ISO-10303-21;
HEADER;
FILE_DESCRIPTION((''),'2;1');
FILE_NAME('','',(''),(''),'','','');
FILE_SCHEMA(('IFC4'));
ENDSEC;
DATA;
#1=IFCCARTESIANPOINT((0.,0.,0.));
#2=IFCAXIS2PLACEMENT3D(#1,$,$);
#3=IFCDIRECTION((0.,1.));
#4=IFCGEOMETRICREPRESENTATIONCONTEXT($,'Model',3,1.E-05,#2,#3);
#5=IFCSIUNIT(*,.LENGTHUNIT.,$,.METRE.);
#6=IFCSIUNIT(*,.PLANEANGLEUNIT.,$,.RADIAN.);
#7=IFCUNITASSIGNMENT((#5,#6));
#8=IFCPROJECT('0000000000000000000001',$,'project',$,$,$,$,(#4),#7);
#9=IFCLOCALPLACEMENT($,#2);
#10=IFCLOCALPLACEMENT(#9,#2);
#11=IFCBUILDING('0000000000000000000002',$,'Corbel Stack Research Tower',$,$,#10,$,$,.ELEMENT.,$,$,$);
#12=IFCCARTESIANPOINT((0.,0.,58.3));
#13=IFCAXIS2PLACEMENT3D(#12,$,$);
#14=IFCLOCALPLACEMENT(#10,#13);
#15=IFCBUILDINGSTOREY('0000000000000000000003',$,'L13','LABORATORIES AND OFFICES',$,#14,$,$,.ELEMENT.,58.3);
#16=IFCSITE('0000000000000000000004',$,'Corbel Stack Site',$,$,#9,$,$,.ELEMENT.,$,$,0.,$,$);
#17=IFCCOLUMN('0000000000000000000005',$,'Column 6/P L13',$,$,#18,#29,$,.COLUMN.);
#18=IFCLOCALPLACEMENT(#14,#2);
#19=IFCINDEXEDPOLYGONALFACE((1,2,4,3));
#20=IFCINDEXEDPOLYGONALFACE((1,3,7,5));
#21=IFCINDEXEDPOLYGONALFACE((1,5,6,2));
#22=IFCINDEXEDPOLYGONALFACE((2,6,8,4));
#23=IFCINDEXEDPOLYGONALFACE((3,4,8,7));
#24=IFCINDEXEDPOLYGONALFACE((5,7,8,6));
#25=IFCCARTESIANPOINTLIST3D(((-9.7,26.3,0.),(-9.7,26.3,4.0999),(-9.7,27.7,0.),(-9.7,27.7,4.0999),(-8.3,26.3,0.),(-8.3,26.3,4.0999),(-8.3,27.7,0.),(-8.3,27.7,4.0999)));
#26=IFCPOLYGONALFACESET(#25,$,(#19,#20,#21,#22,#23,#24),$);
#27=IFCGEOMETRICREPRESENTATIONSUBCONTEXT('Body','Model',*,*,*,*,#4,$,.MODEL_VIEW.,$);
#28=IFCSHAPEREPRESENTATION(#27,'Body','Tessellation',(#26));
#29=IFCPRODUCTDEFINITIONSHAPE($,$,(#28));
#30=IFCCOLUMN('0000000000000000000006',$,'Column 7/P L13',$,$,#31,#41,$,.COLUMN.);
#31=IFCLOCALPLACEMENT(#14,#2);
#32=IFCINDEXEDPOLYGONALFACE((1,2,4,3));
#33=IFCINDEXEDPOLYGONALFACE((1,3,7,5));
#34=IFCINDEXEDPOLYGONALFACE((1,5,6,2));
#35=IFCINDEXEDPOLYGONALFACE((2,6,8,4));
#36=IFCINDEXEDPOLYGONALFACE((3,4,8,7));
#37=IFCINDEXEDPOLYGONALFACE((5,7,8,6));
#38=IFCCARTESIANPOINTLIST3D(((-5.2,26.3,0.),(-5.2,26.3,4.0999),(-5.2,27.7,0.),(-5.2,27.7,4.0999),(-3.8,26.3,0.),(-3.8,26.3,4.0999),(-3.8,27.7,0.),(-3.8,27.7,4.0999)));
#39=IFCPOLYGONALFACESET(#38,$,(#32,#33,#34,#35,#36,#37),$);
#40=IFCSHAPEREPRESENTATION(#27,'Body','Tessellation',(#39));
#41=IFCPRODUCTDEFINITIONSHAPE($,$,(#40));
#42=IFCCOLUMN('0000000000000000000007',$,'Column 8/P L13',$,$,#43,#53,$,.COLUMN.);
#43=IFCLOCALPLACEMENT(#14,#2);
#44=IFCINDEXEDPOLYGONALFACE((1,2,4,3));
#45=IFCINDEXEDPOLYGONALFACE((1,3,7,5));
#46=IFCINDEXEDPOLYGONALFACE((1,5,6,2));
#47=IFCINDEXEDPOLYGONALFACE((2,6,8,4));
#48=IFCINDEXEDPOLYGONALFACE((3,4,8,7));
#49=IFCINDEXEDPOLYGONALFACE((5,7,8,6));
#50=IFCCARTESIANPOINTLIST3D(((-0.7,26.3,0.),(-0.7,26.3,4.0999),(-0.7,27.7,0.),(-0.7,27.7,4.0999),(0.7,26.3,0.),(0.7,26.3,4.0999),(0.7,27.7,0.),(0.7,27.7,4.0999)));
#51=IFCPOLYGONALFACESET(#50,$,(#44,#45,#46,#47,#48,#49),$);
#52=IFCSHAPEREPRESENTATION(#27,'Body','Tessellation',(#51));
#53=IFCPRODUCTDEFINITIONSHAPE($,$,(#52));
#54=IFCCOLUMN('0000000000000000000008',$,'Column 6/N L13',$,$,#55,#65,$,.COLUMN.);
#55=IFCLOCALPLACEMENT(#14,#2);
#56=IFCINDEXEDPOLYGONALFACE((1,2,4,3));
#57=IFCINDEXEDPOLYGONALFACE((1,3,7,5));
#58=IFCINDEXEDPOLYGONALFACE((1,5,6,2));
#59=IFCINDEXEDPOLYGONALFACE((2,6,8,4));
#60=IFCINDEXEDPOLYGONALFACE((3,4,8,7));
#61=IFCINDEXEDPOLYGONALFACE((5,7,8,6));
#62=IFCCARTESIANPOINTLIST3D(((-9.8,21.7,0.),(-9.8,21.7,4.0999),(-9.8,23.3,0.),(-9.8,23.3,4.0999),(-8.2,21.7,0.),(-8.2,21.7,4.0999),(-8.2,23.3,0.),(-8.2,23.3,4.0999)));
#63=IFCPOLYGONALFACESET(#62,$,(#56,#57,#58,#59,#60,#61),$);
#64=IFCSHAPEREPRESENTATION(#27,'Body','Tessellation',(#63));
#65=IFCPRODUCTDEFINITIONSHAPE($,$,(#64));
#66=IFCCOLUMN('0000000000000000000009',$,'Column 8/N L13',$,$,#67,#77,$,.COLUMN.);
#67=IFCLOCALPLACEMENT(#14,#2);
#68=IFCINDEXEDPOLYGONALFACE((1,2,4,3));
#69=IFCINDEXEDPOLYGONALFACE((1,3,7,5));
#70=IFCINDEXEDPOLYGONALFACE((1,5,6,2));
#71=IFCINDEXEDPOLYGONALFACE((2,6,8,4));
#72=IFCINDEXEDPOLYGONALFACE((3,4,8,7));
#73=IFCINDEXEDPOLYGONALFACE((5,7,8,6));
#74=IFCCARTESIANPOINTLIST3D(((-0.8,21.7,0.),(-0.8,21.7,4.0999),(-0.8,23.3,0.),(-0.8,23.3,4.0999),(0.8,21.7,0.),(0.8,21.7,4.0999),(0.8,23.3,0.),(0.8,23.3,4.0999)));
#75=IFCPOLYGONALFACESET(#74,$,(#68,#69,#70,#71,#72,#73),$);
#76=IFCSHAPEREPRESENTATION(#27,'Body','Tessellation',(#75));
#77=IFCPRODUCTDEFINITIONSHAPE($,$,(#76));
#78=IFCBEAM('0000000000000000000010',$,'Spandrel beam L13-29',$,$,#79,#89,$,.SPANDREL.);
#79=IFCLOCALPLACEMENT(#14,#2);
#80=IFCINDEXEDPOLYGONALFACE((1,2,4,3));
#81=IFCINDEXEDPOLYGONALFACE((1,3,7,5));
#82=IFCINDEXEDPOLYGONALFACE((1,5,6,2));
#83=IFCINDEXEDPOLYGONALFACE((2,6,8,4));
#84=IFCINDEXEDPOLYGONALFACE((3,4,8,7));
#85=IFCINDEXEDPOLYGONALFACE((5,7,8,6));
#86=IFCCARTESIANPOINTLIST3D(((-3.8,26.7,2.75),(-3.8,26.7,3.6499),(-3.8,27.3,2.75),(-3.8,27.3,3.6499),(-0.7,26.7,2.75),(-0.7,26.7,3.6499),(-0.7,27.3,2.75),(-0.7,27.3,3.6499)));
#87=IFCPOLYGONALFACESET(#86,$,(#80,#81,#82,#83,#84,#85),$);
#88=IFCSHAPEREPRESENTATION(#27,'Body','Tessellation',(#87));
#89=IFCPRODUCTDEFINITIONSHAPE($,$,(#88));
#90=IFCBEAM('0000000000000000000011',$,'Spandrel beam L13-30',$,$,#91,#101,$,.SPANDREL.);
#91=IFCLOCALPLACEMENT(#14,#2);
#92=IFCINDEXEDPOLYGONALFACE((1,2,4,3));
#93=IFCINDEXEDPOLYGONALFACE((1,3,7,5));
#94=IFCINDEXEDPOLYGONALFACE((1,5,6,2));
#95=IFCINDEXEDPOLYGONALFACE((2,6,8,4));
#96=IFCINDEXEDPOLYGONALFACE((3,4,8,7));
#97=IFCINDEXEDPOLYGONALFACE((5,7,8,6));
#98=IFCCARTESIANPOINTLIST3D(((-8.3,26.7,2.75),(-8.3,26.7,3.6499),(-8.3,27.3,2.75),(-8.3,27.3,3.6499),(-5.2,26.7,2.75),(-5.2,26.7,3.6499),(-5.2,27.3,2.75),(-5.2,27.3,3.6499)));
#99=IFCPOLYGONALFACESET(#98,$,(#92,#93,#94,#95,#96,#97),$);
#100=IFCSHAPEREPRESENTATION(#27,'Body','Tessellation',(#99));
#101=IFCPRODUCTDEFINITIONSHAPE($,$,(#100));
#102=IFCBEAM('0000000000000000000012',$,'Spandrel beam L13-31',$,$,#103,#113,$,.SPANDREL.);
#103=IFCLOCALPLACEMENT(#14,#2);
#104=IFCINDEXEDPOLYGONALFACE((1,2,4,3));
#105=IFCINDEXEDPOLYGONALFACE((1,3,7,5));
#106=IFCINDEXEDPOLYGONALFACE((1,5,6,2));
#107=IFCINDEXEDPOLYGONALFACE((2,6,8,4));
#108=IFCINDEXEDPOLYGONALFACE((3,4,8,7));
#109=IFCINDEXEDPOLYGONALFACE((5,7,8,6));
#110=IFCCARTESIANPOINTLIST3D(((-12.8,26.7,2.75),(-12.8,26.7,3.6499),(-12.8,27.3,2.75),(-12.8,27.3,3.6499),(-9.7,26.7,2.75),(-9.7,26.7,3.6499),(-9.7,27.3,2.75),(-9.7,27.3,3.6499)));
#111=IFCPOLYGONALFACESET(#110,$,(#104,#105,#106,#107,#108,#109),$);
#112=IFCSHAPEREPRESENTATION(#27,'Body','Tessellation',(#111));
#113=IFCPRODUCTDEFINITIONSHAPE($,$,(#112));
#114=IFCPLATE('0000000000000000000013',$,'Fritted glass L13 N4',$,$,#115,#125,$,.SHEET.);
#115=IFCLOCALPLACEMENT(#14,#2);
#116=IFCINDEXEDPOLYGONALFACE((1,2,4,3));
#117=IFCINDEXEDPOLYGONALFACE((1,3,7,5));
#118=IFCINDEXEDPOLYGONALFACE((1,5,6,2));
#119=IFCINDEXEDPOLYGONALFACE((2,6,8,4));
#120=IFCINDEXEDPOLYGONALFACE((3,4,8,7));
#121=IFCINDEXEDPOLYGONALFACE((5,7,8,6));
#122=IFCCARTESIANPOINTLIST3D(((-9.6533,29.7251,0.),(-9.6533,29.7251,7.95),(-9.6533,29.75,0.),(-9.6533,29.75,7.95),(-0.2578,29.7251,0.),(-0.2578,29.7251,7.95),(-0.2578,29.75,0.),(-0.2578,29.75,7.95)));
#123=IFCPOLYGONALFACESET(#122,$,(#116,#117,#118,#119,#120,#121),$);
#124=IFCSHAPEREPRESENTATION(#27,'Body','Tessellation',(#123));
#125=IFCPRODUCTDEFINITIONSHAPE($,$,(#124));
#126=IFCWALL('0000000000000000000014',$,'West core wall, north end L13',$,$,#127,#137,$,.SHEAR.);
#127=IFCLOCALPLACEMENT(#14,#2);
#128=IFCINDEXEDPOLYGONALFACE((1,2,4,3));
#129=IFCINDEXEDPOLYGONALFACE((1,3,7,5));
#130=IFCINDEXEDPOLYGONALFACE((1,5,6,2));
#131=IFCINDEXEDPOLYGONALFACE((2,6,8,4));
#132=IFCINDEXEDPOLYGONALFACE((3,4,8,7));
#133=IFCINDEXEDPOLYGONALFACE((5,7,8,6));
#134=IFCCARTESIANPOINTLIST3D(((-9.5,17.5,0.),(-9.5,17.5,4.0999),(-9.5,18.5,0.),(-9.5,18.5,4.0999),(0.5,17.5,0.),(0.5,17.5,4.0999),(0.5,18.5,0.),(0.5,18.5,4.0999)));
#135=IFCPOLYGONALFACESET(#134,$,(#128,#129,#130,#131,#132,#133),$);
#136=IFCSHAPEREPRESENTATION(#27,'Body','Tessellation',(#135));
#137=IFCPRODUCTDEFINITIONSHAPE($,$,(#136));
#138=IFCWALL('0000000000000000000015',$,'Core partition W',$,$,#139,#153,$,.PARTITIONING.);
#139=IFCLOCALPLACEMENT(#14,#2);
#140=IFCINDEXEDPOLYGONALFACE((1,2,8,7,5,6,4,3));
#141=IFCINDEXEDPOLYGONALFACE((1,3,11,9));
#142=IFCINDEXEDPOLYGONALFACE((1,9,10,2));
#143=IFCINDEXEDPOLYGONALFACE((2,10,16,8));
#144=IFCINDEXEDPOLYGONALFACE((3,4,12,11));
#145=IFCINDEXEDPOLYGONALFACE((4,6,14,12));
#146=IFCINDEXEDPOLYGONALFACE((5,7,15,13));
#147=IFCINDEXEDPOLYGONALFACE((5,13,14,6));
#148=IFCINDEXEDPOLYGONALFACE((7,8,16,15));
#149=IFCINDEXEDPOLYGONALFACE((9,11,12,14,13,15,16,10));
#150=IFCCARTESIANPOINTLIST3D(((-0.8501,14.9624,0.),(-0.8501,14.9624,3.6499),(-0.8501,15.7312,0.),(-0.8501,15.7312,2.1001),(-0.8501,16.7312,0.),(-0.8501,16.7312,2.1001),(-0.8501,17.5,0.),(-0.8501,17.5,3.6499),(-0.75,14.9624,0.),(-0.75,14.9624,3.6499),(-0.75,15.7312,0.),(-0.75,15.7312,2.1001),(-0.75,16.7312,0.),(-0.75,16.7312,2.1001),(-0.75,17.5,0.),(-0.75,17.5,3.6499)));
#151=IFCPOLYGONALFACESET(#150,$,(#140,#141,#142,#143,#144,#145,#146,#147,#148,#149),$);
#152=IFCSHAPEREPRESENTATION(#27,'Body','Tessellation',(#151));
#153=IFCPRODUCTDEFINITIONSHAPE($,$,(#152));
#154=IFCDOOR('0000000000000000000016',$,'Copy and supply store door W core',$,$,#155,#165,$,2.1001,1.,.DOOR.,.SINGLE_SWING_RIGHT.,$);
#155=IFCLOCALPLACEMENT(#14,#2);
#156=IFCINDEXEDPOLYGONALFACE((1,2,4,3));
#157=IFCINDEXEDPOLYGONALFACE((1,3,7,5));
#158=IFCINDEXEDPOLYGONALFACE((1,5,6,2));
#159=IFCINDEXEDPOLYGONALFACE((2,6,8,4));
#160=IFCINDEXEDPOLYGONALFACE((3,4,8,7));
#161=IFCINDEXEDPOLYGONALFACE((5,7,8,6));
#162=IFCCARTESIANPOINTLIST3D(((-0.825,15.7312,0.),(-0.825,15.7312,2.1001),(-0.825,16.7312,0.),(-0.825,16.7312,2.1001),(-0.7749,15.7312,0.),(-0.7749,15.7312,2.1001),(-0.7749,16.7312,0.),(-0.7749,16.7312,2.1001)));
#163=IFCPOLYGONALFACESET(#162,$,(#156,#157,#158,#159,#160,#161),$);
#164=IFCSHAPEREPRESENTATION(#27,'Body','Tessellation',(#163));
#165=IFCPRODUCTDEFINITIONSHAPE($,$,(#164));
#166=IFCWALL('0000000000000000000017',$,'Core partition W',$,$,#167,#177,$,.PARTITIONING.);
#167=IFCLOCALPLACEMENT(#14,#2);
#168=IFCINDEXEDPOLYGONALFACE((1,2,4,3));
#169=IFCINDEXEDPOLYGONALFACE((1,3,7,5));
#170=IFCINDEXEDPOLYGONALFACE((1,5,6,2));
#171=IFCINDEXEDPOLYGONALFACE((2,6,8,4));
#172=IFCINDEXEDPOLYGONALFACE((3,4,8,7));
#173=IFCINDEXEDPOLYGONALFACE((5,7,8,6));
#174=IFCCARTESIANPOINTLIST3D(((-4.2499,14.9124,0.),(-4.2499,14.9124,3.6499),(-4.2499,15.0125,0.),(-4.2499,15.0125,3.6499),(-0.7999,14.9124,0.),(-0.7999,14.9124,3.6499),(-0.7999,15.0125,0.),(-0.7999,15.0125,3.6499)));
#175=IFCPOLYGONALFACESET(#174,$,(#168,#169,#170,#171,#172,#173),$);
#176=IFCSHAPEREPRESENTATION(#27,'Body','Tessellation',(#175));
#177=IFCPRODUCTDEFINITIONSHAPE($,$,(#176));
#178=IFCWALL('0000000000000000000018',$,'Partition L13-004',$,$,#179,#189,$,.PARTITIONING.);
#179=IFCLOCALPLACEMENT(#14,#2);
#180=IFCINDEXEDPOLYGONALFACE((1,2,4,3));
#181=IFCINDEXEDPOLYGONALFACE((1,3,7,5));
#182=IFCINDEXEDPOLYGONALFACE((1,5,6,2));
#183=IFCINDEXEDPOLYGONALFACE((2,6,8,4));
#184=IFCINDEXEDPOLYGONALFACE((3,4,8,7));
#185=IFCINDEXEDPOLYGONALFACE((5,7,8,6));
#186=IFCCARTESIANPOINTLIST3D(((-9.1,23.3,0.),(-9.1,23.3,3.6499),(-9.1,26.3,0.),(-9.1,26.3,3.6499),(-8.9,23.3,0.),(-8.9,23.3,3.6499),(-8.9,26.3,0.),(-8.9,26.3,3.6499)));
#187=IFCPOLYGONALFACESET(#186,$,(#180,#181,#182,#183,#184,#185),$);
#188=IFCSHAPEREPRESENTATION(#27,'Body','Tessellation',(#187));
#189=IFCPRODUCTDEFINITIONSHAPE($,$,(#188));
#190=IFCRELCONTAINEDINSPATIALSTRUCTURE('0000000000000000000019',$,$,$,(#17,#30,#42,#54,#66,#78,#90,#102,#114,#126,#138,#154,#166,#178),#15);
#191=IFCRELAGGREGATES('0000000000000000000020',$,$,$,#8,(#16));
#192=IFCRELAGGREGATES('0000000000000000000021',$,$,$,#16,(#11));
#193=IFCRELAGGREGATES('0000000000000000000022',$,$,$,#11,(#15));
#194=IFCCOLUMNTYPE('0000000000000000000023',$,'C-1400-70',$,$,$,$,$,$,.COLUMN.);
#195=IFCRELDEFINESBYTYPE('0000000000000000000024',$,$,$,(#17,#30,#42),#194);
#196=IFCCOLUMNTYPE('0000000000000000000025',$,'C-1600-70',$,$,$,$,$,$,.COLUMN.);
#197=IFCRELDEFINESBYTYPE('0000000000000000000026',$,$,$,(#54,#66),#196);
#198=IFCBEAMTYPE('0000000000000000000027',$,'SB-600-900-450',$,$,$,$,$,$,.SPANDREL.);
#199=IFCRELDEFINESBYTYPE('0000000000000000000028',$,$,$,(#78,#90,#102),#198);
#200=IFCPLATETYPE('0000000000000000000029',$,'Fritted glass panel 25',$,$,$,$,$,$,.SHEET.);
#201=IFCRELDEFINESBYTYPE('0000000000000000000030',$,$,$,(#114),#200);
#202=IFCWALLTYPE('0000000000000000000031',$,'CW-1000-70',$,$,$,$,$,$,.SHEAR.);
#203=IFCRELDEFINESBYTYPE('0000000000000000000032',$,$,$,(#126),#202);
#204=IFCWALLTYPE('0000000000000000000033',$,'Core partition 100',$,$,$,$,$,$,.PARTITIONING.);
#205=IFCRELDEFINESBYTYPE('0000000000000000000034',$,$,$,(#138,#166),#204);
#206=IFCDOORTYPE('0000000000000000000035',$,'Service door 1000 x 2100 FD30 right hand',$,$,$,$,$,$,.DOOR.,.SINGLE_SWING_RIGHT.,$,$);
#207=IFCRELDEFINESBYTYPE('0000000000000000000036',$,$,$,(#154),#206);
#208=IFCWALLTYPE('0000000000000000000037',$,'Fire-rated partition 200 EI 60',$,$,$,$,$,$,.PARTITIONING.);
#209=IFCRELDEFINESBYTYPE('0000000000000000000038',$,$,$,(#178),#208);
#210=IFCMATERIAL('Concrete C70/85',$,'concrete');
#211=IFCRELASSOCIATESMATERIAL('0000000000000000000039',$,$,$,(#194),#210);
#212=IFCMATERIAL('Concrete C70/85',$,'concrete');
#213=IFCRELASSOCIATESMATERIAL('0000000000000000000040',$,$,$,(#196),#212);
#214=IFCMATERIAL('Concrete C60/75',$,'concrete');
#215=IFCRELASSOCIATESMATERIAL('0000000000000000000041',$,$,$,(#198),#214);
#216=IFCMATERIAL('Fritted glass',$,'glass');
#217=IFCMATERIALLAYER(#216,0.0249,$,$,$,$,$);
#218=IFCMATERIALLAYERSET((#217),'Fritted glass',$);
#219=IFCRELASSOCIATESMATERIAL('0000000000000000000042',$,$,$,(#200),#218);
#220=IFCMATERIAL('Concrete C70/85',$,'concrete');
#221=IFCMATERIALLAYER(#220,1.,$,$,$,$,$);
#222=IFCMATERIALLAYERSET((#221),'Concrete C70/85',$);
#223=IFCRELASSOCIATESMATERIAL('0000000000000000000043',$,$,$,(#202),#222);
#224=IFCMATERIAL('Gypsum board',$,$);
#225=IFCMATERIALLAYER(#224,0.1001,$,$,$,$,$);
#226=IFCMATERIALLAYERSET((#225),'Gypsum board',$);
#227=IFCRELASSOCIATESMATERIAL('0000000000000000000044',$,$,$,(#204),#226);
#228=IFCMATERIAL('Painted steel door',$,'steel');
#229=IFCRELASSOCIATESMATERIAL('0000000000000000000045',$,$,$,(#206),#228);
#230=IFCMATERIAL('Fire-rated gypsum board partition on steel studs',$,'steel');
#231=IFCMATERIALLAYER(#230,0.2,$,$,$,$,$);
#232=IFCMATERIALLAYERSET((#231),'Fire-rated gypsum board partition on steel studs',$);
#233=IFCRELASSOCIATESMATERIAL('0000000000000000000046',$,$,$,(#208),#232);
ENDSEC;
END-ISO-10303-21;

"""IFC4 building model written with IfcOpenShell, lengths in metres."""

from ifc_helpers import new_model, si_unit, direction, frame, frame_2d, origin, origin_2d, place, context, subcontext, project, spatial, rectangle, extrude, material, layer, layer_set, material_profile, profile_set, type_object, element, fill, save


model = new_model("IFC4")

# Units and contexts
model_context = context("Model", 3, precision=1e-05, world=origin(), true_north=direction((0.0, 1.0)))
body_context = subcontext(model_context, "Body", "Model", "MODEL_VIEW")
ifc_project = project(units=[si_unit("LENGTHUNIT", "METRE"), si_unit("PLANEANGLEUNIT", "RADIAN")], contexts=[model_context])

# Site, building, storey
site_placement = place(None, origin())
site = spatial("IfcSite", under=ifc_project, at=site_placement, Name="Corbel Stack Site", CompositionType="ELEMENT", RefElevation=0.0)
building_placement = place(site_placement, origin())
building = spatial("IfcBuilding", under=site, at=building_placement, Name="Corbel Stack Research Tower", CompositionType="ELEMENT")
storey_placement = place(building_placement, frame((0.0, 0.0, 58.3)))
storey = spatial("IfcBuildingStorey", under=building, at=storey_placement, Name="L13", Description="LABORATORIES AND OFFICES", CompositionType="ELEMENT", Elevation=58.3)

# Columns
ifc_material_1 = material(Name="Concrete C70/85", Category="concrete")
ifc_material_profile_1 = material_profile(ifc_material_1, rectangle(XDim=1.3999, YDim=1.3999, at=origin_2d()), Name="RC 1400 x 1400")
ifc_profile_set_1 = profile_set([ifc_material_profile_1], Name="Concrete C70/85")
column_type_1 = type_object("IfcColumnType", Name="C-1400-70", PredefinedType="COLUMN", material=ifc_profile_set_1)
for number, where, z_axis, x_axis, name in (
    (1, (-9.0, 27.0, 0.0), (0.0, 0.0, 1.0), (1.0, 0.0, 0.0), "Column 6/P L13"),
    (2, (-4.5, 27.0, 0.0), (0.0, 0.0, 1.0), (1.0, 0.0, 0.0), "Column 7/P L13"),
    (3, (0.0, 27.0, 0.0), (0.0, 0.0, 1.0), (1.0, 0.0, 0.0), "Column 8/P L13"),
):
    element("IfcColumn", number, at=place(storey_placement, frame(where, z_axis=z_axis, x_axis=x_axis)), inside=storey, type_object=column_type_1, Name=name, PredefinedType="COLUMN", context=body_context, shape_type="SweptSolid", body=[
        extrude(rectangle(XDim=1.3999, YDim=1.3999, at=origin_2d()), origin(), (0.0, 0.0, 1.0), 4.0999),
    ])
ifc_material_2 = material(Name="Concrete C70/85", Category="concrete")
ifc_material_profile_2 = material_profile(ifc_material_2, rectangle(XDim=1.6001, YDim=1.6001, at=origin_2d()), Name="RC 1600 x 1600")
ifc_profile_set_2 = profile_set([ifc_material_profile_2], Name="Concrete C70/85")
column_type_2 = type_object("IfcColumnType", Name="C-1600-70", PredefinedType="COLUMN", material=ifc_profile_set_2)
for number, where, z_axis, x_axis, name in (
    (4, (-9.0, 22.5, 0.0), (0.0, 0.0, 1.0), (1.0, 0.0, 0.0), "Column 6/N L13"),
    (5, (0.0, 22.5, 0.0), (0.0, 0.0, 1.0), (1.0, 0.0, 0.0), "Column 8/N L13"),
):
    element("IfcColumn", number, at=place(storey_placement, frame(where, z_axis=z_axis, x_axis=x_axis)), inside=storey, type_object=column_type_2, Name=name, PredefinedType="COLUMN", context=body_context, shape_type="SweptSolid", body=[
        extrude(rectangle(XDim=1.6001, YDim=1.6001, at=origin_2d()), origin(), (0.0, 0.0, 1.0), 4.0999),
    ])

# Beams
ifc_material_3 = material(Name="Concrete C60/75", Category="concrete")
ifc_material_profile_3 = material_profile(ifc_material_3, rectangle(XDim=0.6001, YDim=0.8999, at=origin_2d()), Name="RC 600 x 900")
ifc_profile_set_3 = profile_set([ifc_material_profile_3], Name="Concrete C60/75")
beam_type = type_object("IfcBeamType", Name="SB-600-900-450", PredefinedType="SPANDREL", material=ifc_profile_set_3)
for number, where, z_axis, x_axis, name in (
    (6, (-0.7, 27.0, 3.2), (-1.0, 0.0, 0.0), (0.0, -1.0, 0.0), "Spandrel beam L13-29"),
    (7, (-5.2, 27.0, 3.2), (-1.0, 0.0, 0.0), (0.0, -1.0, 0.0), "Spandrel beam L13-30"),
    (8, (-9.7, 27.0, 3.2), (-1.0, 0.0, 0.0), (0.0, -1.0, 0.0), "Spandrel beam L13-31"),
):
    element("IfcBeam", number, at=place(storey_placement, frame(where, z_axis=z_axis, x_axis=x_axis)), inside=storey, type_object=beam_type, Name=name, PredefinedType="SPANDREL", context=body_context, shape_type="SweptSolid", body=[
        extrude(rectangle(XDim=0.6001, YDim=0.8999, at=origin_2d()), origin(), (0.0, 0.0, 1.0), 3.1001),
    ])

# Plate
ifc_material_4 = material(Name="Fritted glass", Category="glass")
ifc_layer_1 = layer(ifc_material_4, 0.0249)
ifc_layer_set_1 = layer_set([ifc_layer_1], Name="Fritted glass")
plate_type = type_object("IfcPlateType", Name="Fritted glass panel 25", PredefinedType="SHEET", material=ifc_layer_set_1)
plate_placement = place(storey_placement, frame((-4.9556, 29.7375, 0.0), z_axis=(0.0, 0.0, 1.0), x_axis=(-1.0, 0.0, 0.0)))
element("IfcPlate", 9, at=plate_placement, inside=storey, type_object=plate_type, Name="Fritted glass L13 N4", PredefinedType="SHEET", context=body_context, shape_type="SweptSolid", body=[
    extrude(rectangle(XDim=9.3955, YDim=0.0249, at=origin_2d()), origin(), (0.0, 0.0, 1.0), 7.95),
])

# Wall
ifc_material_5 = material(Name="Concrete C70/85", Category="concrete")
ifc_layer_2 = layer(ifc_material_5, 1.0)
ifc_layer_set_2 = layer_set([ifc_layer_2], Name="Concrete C70/85")
wall_type_1 = type_object("IfcWallType", Name="CW-1000-70", PredefinedType="SHEAR", material=ifc_layer_set_2)
wall_1_placement = place(storey_placement, frame((-9.5, 18.0, 0.0), z_axis=(0.0, 0.0, 1.0), x_axis=(1.0, 0.0, 0.0)))
element("IfcWall", 10, at=wall_1_placement, inside=storey, type_object=wall_type_1, Name="West core wall, north end L13", PredefinedType="SHEAR", context=body_context, shape_type="SweptSolid", body=[
    extrude(rectangle(XDim=10.0, YDim=1.0, at=frame_2d((5.0, 0.0))), origin(), (0.0, 0.0, 1.0), 4.0999),
])

# Wall, opening, door
ifc_material_6 = material(Name="Gypsum board")
ifc_layer_3 = layer(ifc_material_6, 0.1001)
ifc_layer_set_3 = layer_set([ifc_layer_3], Name="Gypsum board")
wall_type_2 = type_object("IfcWallType", Name="Core partition 100", PredefinedType="PARTITIONING", material=ifc_layer_set_3)
wall_2_placement = place(storey_placement, frame((-0.8, 14.9624, 0.0), z_axis=(0.0, 0.0, 1.0), x_axis=(0.0, 1.0, 0.0)))
wall_2 = element("IfcWall", 11, at=wall_2_placement, inside=storey, type_object=wall_type_2, Name="Core partition W", PredefinedType="PARTITIONING", context=body_context, shape_type="SweptSolid", body=[
    extrude(rectangle(XDim=2.5376, YDim=0.1001, at=frame_2d((1.2688, 0.0))), origin(), (0.0, 0.0, 1.0), 3.6499),
])
opening_1_placement = place(wall_2_placement, frame((0.7688, 0.0, 0.0)))
opening_1 = element("IfcOpeningElement", 12, at=opening_1_placement, cuts=wall_2, PredefinedType="OPENING", context=body_context, shape_type="SweptSolid", body=[
    extrude(rectangle(XDim=1.0, YDim=2.1001, at=frame_2d((0.5, 1.05))), frame((0.0, 0.0601, 0.0), z_axis=(0.0, -1.0, 0.0), x_axis=(1.0, 0.0, 0.0)), (0.0, 0.0, 1.0), 0.1201),
])
ifc_material_7 = material(Name="Painted steel door", Category="steel")
door_type_1 = type_object("IfcDoorType", Name="Service door 1000 x 2100 FD30 right hand", OperationType="SINGLE_SWING_RIGHT", PredefinedType="DOOR", material=ifc_material_7)
door_1_placement = place(opening_1_placement, origin())
door_1 = element("IfcDoor", 13, at=door_1_placement, inside=storey, type_object=door_type_1, Name="Copy and supply store door W core", OperationType="SINGLE_SWING_RIGHT", OverallHeight=2.1001, OverallWidth=1.0, PredefinedType="DOOR", context=body_context, shape_type="SweptSolid", body=[
    extrude(rectangle(XDim=1.0, YDim=2.1001, at=frame_2d((0.5, 1.05))), frame((0.0, 0.0249, 0.0), z_axis=(0.0, -1.0, 0.0), x_axis=(1.0, 0.0, 0.0)), (0.0, 0.0, 1.0), 0.05),
])
fill(opening_1, door_1)

# Walls
wall_3_placement = place(storey_placement, frame((-4.25, 14.9624, 0.0), z_axis=(0.0, 0.0, 1.0), x_axis=(1.0, 0.0, 0.0)))
element("IfcWall", 14, at=wall_3_placement, inside=storey, type_object=wall_type_2, Name="Core partition W", PredefinedType="PARTITIONING", context=body_context, shape_type="SweptSolid", body=[
    extrude(rectangle(XDim=3.45, YDim=0.1001, at=frame_2d((1.7251, 0.0))), origin(), (0.0, 0.0, 1.0), 3.6499),
])
ifc_material_8 = material(Name="Fire-rated gypsum board partition on steel studs", Category="steel")
ifc_layer_4 = layer(ifc_material_8, 0.2)
ifc_layer_set_4 = layer_set([ifc_layer_4], Name="Fire-rated gypsum board partition on steel studs")
wall_type_3 = type_object("IfcWallType", Name="Fire-rated partition 200 EI 60", PredefinedType="PARTITIONING", material=ifc_layer_set_4)
for number, where, z_axis, x_axis, name in (
    (15, (-9.0, 23.3, 0.0), (0.0, 0.0, 1.0), (0.0, 1.0, 0.0), "Partition L13-004"),
):
    element("IfcWall", number, at=place(storey_placement, frame(where, z_axis=z_axis, x_axis=x_axis)), inside=storey, type_object=wall_type_3, Name=name, PredefinedType="PARTITIONING", context=body_context, shape_type="SweptSolid", body=[
        extrude(rectangle(XDim=3.0, YDim=0.2, at=frame_2d((1.5, 0.0))), origin(), (0.0, 0.0, 1.0), 3.6499),
    ])

save(model, "model.ifc")
